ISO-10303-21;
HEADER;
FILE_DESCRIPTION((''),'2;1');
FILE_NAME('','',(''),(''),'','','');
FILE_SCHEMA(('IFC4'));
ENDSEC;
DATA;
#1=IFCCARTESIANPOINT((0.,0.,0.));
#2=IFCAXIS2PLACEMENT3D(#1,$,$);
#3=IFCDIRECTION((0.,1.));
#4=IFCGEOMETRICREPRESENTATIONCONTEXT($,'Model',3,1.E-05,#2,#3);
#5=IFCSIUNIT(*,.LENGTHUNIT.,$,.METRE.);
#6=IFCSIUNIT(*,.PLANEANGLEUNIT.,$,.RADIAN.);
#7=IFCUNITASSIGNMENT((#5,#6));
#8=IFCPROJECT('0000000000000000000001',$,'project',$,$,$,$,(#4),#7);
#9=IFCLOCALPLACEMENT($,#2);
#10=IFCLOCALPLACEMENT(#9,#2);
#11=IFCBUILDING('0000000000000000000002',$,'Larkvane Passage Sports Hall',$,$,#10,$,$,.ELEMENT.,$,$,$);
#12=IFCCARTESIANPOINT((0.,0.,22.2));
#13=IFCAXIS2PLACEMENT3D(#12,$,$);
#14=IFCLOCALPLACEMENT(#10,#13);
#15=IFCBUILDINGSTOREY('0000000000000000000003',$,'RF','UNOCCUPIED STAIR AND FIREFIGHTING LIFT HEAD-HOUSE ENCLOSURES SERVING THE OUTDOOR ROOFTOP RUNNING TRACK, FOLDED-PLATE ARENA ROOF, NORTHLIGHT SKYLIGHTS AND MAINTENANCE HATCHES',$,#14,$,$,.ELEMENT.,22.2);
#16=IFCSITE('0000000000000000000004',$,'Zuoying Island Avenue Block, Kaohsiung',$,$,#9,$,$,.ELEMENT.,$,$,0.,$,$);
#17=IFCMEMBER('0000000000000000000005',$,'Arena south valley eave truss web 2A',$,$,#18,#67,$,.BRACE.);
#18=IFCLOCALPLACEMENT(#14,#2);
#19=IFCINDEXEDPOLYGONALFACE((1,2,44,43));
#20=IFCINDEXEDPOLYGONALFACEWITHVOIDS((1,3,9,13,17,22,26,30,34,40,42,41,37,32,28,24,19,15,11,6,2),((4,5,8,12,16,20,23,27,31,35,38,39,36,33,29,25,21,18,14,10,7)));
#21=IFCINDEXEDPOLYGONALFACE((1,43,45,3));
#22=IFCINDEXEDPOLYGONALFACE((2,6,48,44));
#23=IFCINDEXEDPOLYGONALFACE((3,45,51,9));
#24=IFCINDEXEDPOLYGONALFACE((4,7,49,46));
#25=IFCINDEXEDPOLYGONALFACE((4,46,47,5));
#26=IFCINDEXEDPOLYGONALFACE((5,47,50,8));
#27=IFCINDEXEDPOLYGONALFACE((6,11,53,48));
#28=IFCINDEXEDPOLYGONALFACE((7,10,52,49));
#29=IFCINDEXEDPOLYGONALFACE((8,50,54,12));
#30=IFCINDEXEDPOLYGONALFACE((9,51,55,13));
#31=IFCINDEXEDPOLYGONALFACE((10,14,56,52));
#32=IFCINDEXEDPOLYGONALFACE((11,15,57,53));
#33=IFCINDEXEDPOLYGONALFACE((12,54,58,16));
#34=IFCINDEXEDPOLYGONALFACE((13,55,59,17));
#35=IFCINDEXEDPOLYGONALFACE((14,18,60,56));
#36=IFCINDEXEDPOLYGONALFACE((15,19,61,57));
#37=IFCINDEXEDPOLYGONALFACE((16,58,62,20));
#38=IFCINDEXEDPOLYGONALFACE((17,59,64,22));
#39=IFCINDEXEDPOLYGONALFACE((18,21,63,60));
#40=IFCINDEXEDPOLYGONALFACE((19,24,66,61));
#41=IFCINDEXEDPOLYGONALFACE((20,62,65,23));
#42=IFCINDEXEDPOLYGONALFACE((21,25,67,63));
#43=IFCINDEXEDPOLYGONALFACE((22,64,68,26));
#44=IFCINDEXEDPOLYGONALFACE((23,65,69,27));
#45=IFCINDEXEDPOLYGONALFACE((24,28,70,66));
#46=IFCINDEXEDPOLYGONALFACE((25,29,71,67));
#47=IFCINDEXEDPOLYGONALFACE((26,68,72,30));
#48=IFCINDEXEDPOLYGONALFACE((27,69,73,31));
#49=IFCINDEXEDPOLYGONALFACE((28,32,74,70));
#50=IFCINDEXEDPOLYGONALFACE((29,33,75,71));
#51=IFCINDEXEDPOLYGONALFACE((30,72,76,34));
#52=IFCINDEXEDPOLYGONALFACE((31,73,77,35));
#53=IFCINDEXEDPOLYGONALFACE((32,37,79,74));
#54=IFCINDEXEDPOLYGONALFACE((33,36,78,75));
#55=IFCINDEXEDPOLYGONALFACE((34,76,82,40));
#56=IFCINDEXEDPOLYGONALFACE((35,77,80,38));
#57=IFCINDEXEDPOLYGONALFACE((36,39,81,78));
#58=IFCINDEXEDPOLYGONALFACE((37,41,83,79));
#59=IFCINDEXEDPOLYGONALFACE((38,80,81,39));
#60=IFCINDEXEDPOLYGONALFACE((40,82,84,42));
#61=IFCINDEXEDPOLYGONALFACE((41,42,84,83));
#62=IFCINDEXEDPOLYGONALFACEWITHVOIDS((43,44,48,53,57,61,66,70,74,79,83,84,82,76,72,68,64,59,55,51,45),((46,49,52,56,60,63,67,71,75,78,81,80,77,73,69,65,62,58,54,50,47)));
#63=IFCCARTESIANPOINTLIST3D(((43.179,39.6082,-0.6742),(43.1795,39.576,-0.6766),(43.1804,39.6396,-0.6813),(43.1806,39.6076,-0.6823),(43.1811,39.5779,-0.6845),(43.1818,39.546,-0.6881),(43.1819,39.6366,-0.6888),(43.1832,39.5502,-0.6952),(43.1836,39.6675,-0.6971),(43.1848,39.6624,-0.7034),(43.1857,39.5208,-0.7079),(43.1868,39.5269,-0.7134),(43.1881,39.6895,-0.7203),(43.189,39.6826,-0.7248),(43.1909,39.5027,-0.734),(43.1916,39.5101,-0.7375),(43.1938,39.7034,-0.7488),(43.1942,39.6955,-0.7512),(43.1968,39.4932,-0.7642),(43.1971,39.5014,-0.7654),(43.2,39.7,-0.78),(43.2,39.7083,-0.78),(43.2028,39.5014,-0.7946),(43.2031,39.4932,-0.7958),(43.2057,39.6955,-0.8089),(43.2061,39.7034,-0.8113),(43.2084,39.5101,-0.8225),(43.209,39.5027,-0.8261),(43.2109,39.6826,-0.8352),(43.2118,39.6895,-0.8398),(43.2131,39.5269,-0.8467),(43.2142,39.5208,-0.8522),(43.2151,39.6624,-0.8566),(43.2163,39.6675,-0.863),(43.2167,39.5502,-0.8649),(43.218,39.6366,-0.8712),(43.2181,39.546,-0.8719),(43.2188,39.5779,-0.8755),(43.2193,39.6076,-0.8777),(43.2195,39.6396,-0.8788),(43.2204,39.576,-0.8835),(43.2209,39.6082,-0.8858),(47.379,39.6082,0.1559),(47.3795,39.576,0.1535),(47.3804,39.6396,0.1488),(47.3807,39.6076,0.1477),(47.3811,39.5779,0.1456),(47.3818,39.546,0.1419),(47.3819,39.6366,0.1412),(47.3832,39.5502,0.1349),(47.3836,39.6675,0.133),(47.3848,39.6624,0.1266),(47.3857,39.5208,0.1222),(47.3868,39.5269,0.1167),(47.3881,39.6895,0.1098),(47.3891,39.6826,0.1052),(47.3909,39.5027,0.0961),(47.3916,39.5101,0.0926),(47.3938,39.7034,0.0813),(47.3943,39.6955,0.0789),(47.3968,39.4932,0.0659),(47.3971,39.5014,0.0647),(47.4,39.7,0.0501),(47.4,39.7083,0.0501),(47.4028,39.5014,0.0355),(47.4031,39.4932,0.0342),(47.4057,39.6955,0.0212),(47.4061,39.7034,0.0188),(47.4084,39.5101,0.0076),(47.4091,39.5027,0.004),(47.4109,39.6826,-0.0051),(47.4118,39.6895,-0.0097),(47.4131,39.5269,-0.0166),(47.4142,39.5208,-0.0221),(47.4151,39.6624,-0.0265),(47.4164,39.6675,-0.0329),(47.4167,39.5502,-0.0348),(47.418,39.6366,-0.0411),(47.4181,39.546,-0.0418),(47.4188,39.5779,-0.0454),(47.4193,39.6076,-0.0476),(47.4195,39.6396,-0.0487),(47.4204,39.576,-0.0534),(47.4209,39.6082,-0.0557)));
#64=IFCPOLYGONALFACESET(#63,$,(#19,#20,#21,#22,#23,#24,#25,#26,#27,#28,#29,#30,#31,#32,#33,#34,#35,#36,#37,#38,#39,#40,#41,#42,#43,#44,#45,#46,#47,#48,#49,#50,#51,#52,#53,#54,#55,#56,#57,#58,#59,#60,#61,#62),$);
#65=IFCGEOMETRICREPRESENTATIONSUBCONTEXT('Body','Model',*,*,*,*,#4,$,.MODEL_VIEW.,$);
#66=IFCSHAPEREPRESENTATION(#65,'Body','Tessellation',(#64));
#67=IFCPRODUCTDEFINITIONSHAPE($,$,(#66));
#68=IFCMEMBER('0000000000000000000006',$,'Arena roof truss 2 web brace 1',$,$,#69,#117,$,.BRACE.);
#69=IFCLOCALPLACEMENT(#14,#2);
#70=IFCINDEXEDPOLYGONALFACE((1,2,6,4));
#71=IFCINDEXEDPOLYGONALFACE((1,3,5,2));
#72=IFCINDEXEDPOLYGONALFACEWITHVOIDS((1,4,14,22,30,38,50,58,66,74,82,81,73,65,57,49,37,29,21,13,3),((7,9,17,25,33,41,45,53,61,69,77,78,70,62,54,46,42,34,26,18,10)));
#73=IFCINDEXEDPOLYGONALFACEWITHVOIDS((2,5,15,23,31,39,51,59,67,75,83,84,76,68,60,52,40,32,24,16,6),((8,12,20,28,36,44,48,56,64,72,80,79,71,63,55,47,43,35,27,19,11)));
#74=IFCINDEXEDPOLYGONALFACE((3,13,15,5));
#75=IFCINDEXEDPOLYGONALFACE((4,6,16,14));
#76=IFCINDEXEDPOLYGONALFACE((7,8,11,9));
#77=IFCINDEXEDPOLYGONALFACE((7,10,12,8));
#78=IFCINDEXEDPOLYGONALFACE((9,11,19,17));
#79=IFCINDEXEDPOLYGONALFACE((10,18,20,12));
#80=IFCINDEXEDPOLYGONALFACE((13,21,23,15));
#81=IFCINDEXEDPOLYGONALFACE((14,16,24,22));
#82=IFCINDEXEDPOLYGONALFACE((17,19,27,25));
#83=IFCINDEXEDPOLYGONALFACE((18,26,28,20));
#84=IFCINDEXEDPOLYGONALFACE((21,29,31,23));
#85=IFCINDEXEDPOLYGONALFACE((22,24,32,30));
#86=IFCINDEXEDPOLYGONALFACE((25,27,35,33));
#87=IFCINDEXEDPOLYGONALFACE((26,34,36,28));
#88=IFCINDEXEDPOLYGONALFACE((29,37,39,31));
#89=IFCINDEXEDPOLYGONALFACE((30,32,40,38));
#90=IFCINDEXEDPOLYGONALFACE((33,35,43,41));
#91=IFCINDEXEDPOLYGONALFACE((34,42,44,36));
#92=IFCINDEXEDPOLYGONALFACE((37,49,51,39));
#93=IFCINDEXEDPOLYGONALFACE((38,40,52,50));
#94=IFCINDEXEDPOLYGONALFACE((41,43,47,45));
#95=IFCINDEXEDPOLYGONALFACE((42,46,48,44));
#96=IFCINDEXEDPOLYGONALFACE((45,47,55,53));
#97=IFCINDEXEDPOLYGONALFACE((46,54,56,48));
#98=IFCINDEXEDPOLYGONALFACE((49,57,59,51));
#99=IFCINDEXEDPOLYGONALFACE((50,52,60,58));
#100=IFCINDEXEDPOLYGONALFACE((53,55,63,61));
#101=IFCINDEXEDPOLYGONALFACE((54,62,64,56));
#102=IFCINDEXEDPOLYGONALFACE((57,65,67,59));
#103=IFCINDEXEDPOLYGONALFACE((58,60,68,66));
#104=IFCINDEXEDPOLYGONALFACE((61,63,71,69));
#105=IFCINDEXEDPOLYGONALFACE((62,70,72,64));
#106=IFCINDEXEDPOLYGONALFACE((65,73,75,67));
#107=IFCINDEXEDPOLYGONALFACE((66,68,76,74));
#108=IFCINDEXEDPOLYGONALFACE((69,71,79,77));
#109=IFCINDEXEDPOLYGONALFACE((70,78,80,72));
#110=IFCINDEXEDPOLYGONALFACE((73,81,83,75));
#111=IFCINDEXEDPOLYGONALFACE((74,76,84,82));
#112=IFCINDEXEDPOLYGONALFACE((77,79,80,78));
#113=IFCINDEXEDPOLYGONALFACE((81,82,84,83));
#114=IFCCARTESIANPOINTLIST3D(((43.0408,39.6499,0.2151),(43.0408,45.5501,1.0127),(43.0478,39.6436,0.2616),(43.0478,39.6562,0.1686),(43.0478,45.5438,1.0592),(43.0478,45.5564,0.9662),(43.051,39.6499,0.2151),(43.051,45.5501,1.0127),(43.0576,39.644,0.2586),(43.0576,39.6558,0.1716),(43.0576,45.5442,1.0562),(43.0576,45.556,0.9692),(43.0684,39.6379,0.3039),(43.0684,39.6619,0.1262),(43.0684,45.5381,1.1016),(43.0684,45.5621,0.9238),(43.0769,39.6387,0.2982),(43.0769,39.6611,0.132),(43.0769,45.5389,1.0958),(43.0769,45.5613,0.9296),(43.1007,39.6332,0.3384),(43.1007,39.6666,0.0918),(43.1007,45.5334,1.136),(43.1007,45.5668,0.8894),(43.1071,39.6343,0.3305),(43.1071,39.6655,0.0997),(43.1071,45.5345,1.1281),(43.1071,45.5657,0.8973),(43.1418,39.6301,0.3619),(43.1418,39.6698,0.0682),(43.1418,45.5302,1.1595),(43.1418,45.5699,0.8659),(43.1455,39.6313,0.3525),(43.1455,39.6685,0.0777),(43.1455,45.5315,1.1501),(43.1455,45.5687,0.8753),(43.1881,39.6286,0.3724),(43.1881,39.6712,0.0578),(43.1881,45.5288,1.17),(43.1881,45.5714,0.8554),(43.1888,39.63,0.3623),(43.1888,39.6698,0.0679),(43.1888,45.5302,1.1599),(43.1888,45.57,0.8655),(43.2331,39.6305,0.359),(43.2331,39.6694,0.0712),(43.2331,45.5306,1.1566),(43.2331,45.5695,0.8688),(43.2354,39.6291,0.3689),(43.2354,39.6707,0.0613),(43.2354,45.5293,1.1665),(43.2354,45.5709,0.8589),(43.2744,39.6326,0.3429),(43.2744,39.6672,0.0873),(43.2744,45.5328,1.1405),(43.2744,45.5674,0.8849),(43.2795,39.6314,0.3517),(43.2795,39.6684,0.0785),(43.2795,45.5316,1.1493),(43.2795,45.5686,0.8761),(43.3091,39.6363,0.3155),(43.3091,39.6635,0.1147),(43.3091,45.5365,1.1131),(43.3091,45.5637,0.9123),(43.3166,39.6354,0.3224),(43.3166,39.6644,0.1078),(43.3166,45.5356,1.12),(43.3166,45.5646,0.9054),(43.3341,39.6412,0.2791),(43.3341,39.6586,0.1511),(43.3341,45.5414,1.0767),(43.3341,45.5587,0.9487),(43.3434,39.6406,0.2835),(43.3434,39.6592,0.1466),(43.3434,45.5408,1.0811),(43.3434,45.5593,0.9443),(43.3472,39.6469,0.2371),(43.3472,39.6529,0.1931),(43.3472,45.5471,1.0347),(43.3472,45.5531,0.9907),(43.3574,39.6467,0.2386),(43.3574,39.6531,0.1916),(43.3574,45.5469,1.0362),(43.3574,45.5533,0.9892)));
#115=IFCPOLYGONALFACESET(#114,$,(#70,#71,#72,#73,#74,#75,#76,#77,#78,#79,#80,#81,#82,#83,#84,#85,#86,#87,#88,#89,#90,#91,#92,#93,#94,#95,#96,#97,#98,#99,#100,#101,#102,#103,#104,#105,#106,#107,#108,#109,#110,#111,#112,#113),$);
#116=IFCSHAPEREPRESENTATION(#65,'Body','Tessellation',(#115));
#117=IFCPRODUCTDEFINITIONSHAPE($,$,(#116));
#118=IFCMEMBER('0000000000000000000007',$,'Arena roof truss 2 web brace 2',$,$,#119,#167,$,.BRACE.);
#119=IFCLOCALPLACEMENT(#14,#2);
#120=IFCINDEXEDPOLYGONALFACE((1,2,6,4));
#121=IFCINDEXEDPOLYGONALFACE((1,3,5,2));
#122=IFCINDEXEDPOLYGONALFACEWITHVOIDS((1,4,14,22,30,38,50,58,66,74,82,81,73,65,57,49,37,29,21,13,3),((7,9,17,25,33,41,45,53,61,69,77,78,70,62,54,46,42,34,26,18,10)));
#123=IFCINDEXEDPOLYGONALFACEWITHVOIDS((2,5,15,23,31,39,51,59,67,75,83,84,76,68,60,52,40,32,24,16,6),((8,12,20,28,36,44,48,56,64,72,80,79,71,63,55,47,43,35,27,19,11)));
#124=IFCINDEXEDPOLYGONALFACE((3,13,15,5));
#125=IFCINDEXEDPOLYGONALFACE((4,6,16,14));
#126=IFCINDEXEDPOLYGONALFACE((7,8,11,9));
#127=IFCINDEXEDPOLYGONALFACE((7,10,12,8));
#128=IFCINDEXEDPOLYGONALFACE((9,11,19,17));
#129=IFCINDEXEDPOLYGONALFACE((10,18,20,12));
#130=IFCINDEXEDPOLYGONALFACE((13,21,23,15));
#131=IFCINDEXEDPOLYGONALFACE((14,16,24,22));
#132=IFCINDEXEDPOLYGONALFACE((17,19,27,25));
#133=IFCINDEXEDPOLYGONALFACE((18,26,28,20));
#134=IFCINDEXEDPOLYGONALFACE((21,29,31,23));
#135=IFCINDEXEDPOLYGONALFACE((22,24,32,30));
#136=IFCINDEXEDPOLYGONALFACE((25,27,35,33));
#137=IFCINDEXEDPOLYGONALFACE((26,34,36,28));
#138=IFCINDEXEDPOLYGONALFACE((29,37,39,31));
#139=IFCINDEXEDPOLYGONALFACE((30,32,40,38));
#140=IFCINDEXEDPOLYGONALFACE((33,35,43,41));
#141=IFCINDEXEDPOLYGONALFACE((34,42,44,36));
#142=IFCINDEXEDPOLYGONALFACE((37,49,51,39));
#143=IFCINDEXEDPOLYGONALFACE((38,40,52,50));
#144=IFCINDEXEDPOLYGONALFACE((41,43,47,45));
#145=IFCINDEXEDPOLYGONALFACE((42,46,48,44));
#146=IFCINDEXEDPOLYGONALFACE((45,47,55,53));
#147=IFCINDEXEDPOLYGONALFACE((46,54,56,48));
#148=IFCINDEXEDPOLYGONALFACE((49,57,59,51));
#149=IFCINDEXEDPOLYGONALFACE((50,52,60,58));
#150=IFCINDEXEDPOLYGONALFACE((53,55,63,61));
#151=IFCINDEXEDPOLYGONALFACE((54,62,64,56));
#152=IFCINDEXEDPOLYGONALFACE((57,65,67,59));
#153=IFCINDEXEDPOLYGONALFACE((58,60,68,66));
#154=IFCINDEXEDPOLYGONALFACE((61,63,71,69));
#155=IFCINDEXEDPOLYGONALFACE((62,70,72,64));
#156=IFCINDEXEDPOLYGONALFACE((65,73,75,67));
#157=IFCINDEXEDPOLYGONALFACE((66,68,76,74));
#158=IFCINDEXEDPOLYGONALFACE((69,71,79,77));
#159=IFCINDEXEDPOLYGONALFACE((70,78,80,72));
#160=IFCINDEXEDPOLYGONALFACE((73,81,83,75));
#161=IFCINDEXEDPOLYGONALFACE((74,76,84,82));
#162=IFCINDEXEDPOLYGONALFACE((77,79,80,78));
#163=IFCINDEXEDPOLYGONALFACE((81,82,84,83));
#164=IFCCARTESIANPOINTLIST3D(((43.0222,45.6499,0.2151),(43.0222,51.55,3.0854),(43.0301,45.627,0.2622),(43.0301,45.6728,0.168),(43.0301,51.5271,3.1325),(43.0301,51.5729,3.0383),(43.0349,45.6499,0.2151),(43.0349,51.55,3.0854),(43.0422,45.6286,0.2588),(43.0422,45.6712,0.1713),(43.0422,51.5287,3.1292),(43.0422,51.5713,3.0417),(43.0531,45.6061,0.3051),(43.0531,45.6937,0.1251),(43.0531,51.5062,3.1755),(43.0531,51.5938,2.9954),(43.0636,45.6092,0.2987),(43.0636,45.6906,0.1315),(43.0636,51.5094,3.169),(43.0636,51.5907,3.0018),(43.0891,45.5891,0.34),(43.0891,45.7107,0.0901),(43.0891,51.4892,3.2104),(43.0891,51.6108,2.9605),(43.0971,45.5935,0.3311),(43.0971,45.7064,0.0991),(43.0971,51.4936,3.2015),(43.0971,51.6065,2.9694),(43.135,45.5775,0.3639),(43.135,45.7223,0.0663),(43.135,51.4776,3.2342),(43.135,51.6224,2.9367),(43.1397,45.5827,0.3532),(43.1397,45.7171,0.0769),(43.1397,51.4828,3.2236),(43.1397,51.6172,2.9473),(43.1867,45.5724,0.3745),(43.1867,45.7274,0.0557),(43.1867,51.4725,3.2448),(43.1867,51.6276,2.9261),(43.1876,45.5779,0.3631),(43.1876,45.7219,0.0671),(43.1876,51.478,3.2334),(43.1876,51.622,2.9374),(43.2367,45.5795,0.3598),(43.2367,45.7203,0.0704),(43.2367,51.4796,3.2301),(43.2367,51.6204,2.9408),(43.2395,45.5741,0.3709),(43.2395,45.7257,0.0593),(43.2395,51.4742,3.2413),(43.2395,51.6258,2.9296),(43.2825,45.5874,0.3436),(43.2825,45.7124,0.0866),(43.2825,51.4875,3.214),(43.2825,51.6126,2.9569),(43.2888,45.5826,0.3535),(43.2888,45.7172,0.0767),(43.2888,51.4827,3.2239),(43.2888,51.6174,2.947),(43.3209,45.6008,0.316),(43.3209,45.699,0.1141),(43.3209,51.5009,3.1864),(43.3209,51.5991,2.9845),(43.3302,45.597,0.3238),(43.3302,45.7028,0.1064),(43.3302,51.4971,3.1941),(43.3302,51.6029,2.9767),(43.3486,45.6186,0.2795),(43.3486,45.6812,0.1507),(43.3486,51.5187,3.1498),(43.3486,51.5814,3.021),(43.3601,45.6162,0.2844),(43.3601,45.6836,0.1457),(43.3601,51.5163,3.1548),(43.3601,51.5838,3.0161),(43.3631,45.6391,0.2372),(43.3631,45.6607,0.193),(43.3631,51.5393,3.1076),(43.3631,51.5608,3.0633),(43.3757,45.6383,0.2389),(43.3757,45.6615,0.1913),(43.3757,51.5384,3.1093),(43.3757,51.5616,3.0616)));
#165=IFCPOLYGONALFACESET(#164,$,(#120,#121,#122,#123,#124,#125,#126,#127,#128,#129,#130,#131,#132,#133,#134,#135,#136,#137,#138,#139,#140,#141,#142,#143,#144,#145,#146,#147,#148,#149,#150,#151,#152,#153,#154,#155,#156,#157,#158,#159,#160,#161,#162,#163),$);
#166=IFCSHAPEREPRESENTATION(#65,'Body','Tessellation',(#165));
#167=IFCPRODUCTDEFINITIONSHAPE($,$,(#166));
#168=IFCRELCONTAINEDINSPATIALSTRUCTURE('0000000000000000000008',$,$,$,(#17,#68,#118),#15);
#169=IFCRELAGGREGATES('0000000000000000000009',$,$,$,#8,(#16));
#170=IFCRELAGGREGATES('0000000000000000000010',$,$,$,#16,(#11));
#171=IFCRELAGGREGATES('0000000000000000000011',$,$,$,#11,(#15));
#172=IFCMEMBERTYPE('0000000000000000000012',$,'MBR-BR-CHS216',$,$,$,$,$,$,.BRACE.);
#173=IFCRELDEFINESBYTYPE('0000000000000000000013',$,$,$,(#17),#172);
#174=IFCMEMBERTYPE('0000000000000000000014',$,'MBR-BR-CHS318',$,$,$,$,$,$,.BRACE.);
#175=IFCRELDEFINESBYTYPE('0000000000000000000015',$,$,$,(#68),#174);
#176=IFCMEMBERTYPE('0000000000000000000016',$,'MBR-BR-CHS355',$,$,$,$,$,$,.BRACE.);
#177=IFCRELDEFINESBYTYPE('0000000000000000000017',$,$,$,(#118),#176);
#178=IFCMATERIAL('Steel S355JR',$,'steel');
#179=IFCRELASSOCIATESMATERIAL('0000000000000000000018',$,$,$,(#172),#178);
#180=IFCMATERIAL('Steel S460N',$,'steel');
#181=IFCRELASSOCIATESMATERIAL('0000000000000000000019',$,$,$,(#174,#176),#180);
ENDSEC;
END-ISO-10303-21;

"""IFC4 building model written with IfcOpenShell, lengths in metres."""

from ifc_helpers import new_model, si_unit, direction, frame, origin, origin_2d, place, context, subcontext, project, spatial, hollow_circle, extrude, material, material_profile, profile_set, type_object, element, save


model = new_model("IFC4")

# Units and contexts
model_context = context("Model", 3, precision=1e-05, world=origin(), true_north=direction((0.0, 1.0)))
body_context = subcontext(model_context, "Body", "Model", "MODEL_VIEW")
ifc_project = project(units=[si_unit("LENGTHUNIT", "METRE"), si_unit("PLANEANGLEUNIT", "RADIAN")], contexts=[model_context])

# Site, building, storey
site_placement = place(None, origin())
site = spatial("IfcSite", under=ifc_project, at=site_placement, Name="Zuoying Island Avenue Block, Kaohsiung", CompositionType="ELEMENT", RefElevation=0.0)
building_placement = place(site_placement, origin())
building = spatial("IfcBuilding", under=site, at=building_placement, Name="Larkvane Passage Sports Hall", CompositionType="ELEMENT")
storey_placement = place(building_placement, frame((0.0, 0.0, 22.2)))
storey = spatial("IfcBuildingStorey", under=building, at=storey_placement, Name="RF", Description="UNOCCUPIED STAIR AND FIREFIGHTING LIFT HEAD-HOUSE ENCLOSURES SERVING THE OUTDOOR ROOFTOP RUNNING TRACK, FOLDED-PLATE ARENA ROOF, NORTHLIGHT SKYLIGHTS AND MAINTENANCE HATCHES", CompositionType="ELEMENT", Elevation=22.2)

# Members
ifc_material_1 = material(Name="Steel S355JR", Category="steel")
ifc_material_profile_1 = material_profile(ifc_material_1, hollow_circle(Radius=0.1082, WallThickness=0.0083, at=origin_2d()), Name="CHS-216.3x8.2")
ifc_profile_set_1 = profile_set([ifc_material_profile_1], Name="Steel S355JR")
member_type_1 = type_object("IfcMemberType", Name="MBR-BR-CHS216", PredefinedType="BRACE", material=ifc_profile_set_1)
member_1_placement = place(storey_placement, frame((43.2, 39.6001, -0.78), z_axis=(0.981023, 0.0, 0.193889), x_axis=(0.0, 1.0, 0.0)))
element("IfcMember", 1, at=member_1_placement, inside=storey, type_object=member_type_1, Name="Arena south valley eave truss web 2A", PredefinedType="BRACE", context=body_context, shape_type="SweptSolid", body=[
    extrude(hollow_circle(Radius=0.1082, WallThickness=0.0083, at=origin_2d()), origin(), (0.0, 0.0, 1.0), 4.2812),
])
ifc_material_2 = material(Name="Steel S460N", Category="steel")
ifc_material_profile_2 = material_profile(ifc_material_2, hollow_circle(Radius=0.1592, WallThickness=0.0103, at=origin_2d()), Name="CHS-318.5x10.3")
ifc_profile_set_2 = profile_set([ifc_material_profile_2], Name="Steel S460N")
member_type_2 = type_object("IfcMemberType", Name="MBR-BR-CHS318", PredefinedType="BRACE", material=ifc_profile_set_2)
member_2_placement = place(storey_placement, frame((43.2, 39.6499, 0.2151), z_axis=(0.0, 0.990986, 0.133966), x_axis=(-1.0, 0.0, 0.0)))
element("IfcMember", 2, at=member_2_placement, inside=storey, type_object=member_type_2, Name="Arena roof truss 2 web brace 1", PredefinedType="BRACE", context=body_context, shape_type="SweptSolid", body=[
    extrude(hollow_circle(Radius=0.1592, WallThickness=0.0103, at=origin_2d()), origin(), (0.0, 0.0, 1.0), 5.9539),
])
ifc_material_profile_3 = material_profile(ifc_material_2, hollow_circle(Radius=0.1777, WallThickness=0.0127, at=origin_2d()), Name="CHS-355.6x12.7")
ifc_profile_set_3 = profile_set([ifc_material_profile_3], Name="Steel S460N")
member_type_3 = type_object("IfcMemberType", Name="MBR-BR-CHS355", PredefinedType="BRACE", material=ifc_profile_set_3)
member_3_placement = place(storey_placement, frame((43.2, 45.6499, 0.2151), z_axis=(0.0, 0.899234, 0.437468), x_axis=(-1.0, 0.0, 0.0)))
element("IfcMember", 3, at=member_3_placement, inside=storey, type_object=member_type_3, Name="Arena roof truss 2 web brace 2", PredefinedType="BRACE", context=body_context, shape_type="SweptSolid", body=[
    extrude(hollow_circle(Radius=0.1777, WallThickness=0.0127, at=origin_2d()), origin(), (0.0, 0.0, 1.0), 6.5613),
])

save(model, "model.ifc")
